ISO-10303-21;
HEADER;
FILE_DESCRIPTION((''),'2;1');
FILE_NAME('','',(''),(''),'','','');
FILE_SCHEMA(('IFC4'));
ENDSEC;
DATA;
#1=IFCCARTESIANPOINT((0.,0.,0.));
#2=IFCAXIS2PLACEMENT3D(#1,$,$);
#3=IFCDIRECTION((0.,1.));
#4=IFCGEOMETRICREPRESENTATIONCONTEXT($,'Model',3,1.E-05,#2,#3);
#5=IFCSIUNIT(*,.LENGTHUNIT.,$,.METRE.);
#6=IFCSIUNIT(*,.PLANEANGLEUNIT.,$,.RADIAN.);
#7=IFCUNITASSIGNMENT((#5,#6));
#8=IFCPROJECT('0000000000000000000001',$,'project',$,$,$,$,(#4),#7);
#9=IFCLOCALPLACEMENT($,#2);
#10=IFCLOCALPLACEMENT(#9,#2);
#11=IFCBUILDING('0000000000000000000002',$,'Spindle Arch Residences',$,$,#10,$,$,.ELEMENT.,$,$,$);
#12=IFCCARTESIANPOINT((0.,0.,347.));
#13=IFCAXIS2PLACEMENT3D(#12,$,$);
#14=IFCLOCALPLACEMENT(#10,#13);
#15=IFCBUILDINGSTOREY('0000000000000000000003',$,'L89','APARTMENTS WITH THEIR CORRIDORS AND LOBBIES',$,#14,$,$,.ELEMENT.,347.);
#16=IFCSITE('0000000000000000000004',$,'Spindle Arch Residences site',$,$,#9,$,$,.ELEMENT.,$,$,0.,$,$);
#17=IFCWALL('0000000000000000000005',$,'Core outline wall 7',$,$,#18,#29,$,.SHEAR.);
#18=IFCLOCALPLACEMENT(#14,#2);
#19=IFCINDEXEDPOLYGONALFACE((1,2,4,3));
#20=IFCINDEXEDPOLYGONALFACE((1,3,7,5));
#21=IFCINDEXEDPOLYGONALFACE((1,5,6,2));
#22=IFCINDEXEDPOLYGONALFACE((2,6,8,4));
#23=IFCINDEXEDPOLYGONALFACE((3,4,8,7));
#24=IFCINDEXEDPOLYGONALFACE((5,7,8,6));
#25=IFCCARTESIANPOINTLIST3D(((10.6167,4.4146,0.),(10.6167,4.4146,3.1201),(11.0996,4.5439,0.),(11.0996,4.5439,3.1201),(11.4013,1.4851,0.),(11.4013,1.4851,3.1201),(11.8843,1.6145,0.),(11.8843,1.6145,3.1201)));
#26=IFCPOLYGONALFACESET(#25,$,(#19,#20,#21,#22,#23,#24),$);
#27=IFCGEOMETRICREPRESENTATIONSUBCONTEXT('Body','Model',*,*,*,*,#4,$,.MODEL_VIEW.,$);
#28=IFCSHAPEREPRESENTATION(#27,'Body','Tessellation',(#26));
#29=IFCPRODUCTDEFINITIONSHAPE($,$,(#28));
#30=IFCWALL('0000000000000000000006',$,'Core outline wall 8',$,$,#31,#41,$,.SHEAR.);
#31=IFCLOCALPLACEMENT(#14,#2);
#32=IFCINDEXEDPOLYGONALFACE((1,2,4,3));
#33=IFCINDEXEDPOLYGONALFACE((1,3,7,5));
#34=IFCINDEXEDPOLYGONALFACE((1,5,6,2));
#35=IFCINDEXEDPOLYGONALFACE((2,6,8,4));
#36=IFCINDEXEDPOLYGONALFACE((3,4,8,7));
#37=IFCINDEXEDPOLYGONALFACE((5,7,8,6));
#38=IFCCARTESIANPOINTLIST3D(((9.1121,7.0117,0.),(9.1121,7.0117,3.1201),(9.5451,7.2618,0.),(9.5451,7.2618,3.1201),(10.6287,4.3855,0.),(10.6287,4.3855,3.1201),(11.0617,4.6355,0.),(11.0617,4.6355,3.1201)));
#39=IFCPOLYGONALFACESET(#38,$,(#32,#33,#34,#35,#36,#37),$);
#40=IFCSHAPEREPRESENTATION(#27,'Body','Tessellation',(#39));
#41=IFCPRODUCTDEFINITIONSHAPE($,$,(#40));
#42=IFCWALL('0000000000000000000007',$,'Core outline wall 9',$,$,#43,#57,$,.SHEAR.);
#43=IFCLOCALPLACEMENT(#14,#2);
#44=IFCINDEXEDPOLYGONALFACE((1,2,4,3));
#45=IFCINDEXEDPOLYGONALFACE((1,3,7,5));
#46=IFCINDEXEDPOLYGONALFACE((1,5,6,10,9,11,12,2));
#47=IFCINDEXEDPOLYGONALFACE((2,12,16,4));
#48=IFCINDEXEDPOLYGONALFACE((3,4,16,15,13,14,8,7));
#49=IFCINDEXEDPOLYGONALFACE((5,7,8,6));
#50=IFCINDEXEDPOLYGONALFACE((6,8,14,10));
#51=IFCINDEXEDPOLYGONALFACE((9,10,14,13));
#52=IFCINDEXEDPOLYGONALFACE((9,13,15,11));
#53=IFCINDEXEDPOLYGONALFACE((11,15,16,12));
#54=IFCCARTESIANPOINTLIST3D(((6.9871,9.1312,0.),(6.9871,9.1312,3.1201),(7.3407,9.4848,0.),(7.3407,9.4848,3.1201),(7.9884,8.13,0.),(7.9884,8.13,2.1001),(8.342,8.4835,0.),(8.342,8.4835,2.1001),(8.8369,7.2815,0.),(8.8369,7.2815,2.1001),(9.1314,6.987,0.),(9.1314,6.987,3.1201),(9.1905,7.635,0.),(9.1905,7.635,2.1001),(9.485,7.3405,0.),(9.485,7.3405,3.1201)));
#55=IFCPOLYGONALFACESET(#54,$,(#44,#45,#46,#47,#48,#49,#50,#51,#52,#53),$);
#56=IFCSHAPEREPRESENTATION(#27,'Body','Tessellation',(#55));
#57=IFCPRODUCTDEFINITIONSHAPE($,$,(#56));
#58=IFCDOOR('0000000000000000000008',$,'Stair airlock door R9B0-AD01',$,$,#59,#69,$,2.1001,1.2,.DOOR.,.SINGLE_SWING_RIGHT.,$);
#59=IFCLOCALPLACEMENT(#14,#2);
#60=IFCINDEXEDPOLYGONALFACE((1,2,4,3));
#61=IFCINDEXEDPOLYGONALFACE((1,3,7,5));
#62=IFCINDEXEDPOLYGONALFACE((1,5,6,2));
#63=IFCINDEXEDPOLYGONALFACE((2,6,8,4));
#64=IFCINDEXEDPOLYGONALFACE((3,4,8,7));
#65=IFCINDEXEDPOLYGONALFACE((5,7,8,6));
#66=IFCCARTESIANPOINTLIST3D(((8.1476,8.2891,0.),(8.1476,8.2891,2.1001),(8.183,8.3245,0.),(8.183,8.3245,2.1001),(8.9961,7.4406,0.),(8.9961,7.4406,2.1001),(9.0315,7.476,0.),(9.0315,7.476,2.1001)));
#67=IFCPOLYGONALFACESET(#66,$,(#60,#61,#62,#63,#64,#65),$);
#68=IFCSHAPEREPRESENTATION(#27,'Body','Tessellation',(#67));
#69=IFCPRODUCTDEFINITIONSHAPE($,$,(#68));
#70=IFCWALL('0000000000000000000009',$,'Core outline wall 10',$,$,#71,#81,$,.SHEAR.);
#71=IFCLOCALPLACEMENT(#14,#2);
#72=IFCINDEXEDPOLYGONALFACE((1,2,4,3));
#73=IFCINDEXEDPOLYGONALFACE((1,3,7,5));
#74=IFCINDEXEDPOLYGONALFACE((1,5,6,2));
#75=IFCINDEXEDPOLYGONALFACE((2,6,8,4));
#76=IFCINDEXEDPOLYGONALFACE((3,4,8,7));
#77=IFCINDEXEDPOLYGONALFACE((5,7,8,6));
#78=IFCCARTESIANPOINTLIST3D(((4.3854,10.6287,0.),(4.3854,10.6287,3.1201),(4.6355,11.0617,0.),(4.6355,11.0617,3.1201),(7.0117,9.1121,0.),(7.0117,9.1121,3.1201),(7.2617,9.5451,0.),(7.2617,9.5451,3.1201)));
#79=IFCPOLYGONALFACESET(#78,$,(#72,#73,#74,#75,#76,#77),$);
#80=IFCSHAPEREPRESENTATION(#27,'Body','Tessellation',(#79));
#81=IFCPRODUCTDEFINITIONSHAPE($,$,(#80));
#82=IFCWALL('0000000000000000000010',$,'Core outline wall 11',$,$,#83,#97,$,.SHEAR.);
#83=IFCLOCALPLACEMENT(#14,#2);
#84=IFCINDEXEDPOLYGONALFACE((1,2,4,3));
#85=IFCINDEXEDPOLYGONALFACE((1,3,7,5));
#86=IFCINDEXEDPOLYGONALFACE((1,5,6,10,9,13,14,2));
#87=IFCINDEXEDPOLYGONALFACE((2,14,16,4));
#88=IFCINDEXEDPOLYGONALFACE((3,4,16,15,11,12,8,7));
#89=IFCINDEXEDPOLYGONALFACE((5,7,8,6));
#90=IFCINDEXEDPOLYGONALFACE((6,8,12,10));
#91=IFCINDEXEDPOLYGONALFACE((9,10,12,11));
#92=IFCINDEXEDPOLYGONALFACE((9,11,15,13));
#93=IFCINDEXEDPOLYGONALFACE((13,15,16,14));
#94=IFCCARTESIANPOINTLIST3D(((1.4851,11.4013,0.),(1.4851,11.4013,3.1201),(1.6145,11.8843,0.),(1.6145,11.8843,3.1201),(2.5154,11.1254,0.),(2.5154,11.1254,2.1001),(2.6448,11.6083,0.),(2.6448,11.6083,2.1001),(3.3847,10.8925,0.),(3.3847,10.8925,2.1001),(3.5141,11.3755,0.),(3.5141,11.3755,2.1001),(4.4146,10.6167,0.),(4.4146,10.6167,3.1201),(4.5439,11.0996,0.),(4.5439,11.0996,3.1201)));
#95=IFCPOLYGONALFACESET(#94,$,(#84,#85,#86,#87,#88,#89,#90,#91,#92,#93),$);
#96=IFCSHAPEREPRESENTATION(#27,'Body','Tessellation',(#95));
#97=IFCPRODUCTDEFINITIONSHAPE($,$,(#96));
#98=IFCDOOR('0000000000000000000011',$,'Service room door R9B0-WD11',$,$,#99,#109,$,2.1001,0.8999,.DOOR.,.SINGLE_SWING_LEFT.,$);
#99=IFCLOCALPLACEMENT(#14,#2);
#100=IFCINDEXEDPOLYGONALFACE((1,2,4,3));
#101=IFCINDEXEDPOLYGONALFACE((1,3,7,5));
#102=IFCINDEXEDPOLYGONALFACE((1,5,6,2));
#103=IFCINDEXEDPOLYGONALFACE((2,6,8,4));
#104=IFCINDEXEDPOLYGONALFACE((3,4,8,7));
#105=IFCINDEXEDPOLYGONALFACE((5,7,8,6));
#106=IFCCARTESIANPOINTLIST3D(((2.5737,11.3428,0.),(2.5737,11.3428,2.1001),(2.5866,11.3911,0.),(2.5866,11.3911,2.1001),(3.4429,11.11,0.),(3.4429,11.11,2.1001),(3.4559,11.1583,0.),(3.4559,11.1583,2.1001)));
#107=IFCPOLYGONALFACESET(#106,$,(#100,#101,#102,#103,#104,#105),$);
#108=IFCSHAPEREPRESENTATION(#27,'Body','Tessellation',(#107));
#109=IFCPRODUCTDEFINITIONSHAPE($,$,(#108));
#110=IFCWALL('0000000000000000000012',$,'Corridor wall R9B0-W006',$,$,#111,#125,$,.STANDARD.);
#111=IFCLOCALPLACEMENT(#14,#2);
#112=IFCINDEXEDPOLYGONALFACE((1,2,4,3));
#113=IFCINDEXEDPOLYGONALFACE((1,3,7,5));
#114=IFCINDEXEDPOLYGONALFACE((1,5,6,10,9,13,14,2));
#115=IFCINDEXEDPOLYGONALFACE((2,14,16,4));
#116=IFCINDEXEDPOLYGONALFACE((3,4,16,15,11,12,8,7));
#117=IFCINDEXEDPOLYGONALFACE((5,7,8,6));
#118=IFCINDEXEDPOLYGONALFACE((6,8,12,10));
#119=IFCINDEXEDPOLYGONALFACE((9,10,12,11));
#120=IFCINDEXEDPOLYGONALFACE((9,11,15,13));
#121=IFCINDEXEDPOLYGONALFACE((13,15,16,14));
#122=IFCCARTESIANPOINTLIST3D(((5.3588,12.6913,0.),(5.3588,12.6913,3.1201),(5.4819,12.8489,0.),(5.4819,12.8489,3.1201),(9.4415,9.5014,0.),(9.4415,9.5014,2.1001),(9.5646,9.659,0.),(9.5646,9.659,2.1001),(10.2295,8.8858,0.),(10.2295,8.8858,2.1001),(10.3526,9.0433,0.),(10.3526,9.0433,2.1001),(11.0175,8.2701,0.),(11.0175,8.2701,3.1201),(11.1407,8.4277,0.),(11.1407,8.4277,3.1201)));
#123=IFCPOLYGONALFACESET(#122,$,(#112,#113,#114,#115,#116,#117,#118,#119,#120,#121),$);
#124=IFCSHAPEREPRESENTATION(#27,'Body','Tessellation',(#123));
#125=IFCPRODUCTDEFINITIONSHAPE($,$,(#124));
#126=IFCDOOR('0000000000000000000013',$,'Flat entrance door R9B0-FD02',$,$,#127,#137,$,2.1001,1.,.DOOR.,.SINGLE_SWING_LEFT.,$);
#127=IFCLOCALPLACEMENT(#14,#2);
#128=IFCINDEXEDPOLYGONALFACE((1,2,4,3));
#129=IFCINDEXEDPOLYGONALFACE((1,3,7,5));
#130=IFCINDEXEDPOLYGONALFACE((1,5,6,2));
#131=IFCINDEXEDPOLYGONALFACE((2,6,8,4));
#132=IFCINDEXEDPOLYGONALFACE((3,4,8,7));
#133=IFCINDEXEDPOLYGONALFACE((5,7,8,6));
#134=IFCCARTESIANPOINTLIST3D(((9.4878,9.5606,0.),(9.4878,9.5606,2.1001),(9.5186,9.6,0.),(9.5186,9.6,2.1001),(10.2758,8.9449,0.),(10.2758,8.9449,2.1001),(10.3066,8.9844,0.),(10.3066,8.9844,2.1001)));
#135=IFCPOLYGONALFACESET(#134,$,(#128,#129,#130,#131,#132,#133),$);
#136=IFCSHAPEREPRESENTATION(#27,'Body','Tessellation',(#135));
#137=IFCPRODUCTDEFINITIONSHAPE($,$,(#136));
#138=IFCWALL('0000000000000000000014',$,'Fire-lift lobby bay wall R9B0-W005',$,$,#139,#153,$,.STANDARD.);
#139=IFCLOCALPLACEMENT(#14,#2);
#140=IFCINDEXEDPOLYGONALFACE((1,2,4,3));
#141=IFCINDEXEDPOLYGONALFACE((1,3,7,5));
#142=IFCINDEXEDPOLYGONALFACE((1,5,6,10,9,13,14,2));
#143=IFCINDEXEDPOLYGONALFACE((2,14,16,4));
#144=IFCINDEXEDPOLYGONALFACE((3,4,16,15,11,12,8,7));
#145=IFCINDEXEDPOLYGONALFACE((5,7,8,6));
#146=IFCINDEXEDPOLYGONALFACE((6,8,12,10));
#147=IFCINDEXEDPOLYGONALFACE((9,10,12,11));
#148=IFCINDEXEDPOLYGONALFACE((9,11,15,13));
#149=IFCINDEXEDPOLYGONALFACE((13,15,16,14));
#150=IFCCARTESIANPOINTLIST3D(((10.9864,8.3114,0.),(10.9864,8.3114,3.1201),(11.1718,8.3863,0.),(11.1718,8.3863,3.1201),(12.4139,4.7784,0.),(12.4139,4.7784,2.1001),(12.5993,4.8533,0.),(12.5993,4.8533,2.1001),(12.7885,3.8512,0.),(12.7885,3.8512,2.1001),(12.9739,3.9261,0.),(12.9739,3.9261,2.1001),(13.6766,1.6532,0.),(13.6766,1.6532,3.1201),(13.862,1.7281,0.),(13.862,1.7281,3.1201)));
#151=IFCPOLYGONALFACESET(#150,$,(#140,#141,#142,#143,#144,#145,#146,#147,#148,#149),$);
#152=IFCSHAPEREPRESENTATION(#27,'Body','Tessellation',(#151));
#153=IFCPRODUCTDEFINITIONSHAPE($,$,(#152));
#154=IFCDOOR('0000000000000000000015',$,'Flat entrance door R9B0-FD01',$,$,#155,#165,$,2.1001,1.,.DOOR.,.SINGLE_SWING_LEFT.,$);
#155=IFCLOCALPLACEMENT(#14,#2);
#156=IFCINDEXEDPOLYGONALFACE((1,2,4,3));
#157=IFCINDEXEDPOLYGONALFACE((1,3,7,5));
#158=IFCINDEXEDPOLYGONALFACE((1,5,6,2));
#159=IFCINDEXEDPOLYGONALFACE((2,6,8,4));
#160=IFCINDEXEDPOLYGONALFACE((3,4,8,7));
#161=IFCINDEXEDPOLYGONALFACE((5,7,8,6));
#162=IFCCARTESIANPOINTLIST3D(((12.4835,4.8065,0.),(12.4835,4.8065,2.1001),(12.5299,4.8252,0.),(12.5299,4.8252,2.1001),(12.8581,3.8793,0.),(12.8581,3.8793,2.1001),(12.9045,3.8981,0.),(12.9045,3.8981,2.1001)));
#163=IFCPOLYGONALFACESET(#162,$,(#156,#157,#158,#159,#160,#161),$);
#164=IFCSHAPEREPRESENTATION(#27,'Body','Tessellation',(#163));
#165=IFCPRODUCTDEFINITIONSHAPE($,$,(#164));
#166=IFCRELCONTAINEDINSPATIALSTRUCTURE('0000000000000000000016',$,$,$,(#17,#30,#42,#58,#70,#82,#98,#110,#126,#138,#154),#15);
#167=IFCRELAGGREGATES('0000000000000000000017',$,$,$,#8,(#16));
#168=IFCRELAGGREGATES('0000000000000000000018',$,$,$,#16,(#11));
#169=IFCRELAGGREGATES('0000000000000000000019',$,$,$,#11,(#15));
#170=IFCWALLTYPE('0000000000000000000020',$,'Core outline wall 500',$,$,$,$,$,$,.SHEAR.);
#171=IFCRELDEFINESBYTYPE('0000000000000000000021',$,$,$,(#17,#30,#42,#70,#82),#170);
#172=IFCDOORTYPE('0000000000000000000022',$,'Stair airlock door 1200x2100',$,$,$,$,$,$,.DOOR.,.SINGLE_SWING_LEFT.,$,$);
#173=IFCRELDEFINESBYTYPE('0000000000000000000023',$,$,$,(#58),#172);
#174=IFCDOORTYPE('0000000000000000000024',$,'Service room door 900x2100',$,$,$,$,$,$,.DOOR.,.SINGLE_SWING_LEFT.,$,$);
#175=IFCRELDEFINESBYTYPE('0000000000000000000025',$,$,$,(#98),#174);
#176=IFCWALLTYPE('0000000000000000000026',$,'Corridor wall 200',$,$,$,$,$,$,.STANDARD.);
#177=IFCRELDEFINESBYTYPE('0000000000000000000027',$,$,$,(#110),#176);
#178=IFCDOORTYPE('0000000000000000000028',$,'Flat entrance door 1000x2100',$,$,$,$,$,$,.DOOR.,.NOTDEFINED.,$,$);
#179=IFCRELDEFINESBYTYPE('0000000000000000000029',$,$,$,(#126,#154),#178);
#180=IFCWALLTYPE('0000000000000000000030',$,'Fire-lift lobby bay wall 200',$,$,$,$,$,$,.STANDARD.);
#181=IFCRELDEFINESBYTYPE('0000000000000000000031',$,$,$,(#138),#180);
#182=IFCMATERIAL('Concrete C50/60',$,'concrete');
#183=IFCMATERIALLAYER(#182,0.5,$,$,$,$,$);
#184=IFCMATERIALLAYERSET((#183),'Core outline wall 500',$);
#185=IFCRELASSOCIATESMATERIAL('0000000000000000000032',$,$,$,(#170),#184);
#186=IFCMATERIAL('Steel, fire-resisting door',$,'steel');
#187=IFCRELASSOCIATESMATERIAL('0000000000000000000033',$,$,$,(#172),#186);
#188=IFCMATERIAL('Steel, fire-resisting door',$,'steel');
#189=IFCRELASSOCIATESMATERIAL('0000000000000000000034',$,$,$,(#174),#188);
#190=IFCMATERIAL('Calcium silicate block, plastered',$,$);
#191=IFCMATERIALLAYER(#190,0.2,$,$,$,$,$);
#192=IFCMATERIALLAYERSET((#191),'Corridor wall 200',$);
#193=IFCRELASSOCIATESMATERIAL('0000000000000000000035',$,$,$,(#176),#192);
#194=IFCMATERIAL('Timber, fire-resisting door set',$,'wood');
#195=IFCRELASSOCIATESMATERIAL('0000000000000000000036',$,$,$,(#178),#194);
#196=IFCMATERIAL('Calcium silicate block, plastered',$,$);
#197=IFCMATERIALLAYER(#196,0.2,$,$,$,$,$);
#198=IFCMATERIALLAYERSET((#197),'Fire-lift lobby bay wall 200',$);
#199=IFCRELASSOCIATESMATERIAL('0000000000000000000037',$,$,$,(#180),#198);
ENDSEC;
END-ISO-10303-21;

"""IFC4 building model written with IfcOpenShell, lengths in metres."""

from ifc_helpers import new_model, si_unit, direction, frame, frame_2d, origin, place, context, subcontext, project, spatial, rectangle, extrude, material, layer, layer_set, type_object, element, fill, save


model = new_model("IFC4")

# Units and contexts
model_context = context("Model", 3, precision=1e-05, world=origin(), true_north=direction((0.0, 1.0)))
body_context = subcontext(model_context, "Body", "Model", "MODEL_VIEW")
ifc_project = project(units=[si_unit("LENGTHUNIT", "METRE"), si_unit("PLANEANGLEUNIT", "RADIAN")], contexts=[model_context])

# Site, building, storey
site_placement = place(None, origin())
site = spatial("IfcSite", under=ifc_project, at=site_placement, Name="Spindle Arch Residences site", CompositionType="ELEMENT", RefElevation=0.0)
building_placement = place(site_placement, origin())
building = spatial("IfcBuilding", under=site, at=building_placement, Name="Spindle Arch Residences", CompositionType="ELEMENT")
storey_placement = place(building_placement, frame((0.0, 0.0, 347.0)))
storey = spatial("IfcBuildingStorey", under=building, at=storey_placement, Name="L89", Description="APARTMENTS WITH THEIR CORRIDORS AND LOBBIES", CompositionType="ELEMENT", Elevation=347.0)

# Walls
ifc_material_1 = material(Name="Concrete C50/60", Category="concrete")
ifc_layer_1 = layer(ifc_material_1, 0.5)
ifc_layer_set_1 = layer_set([ifc_layer_1], Name="Core outline wall 500")
wall_type_1 = type_object("IfcWallType", Name="Core outline wall 500", PredefinedType="SHEAR", material=ifc_layer_set_1)
for number, where, z_axis, x_axis, name in (
    (1, (11.6428, 1.5498, 0.0), (0.0, 0.0, 1.0), (-0.258735, 0.965948, 0.0), "Core outline wall 7"),
    (2, (10.8452, 4.5105, 0.0), (0.0, 0.0, 1.0), (-0.500087, 0.865975, 0.0), "Core outline wall 8"),
):
    element("IfcWall", number, at=place(storey_placement, frame(where, z_axis=z_axis, x_axis=x_axis)), inside=storey, type_object=wall_type_1, Name=name, PredefinedType="SHEAR", context=body_context, shape_type="SweptSolid", body=[
        extrude(rectangle(XDim=3.0327, YDim=0.5, at=frame_2d((1.5164, 0.0))), origin(), (0.0, 0.0, 1.0), 3.1201),
    ])

# Wall, opening, door
wall_1_placement = place(storey_placement, frame((9.3081, 7.1638, 0.0), z_axis=(0.0, 0.0, 1.0), x_axis=(-0.707107, 0.707107, 0.0)))
wall_1 = element("IfcWall", 3, at=wall_1_placement, inside=storey, type_object=wall_type_1, Name="Core outline wall 9", PredefinedType="SHEAR", context=body_context, shape_type="SweptSolid", body=[
    extrude(rectangle(XDim=3.0325, YDim=0.5, at=frame_2d((1.5161, 0.0))), origin(), (0.0, 0.0, 1.0), 3.1201),
])
opening_1_placement = place(wall_1_placement, frame((0.4163, 0.0, 0.0)))
opening_1 = element("IfcOpeningElement", 4, at=opening_1_placement, cuts=wall_1, PredefinedType="OPENING", context=body_context, shape_type="SweptSolid", body=[
    extrude(rectangle(XDim=1.2, YDim=2.1001, at=frame_2d((0.6001, 1.05))), frame((0.0, 0.26, 0.0), z_axis=(0.0, -1.0, 0.0), x_axis=(1.0, 0.0, 0.0)), (0.0, 0.0, 1.0), 0.52),
])
ifc_material_2 = material(Name="Steel, fire-resisting door", Category="steel")
door_type_1 = type_object("IfcDoorType", Name="Stair airlock door 1200x2100", OperationType="SINGLE_SWING_LEFT", PredefinedType="DOOR", material=ifc_material_2)
door_1_placement = place(opening_1_placement, origin())
door_1 = element("IfcDoor", 5, at=door_1_placement, inside=storey, type_object=door_type_1, Name="Stair airlock door R9B0-AD01", OperationType="SINGLE_SWING_RIGHT", OverallHeight=2.1001, OverallWidth=1.2, PredefinedType="DOOR", context=body_context, shape_type="SweptSolid", body=[
    extrude(rectangle(XDim=1.2, YDim=2.1001, at=frame_2d((0.6001, 1.05))), frame((0.0, 0.0249, 0.0), z_axis=(0.0, -1.0, 0.0), x_axis=(1.0, 0.0, 0.0)), (0.0, 0.0, 1.0), 0.05),
])
fill(opening_1, door_1)

# Wall
wall_2_placement = place(storey_placement, frame((7.1367, 9.3286, 0.0), z_axis=(0.0, 0.0, 1.0), x_axis=(-0.865975, 0.500087, 0.0)))
element("IfcWall", 6, at=wall_2_placement, inside=storey, type_object=wall_type_1, Name="Core outline wall 10", PredefinedType="SHEAR", context=body_context, shape_type="SweptSolid", body=[
    extrude(rectangle(XDim=3.0327, YDim=0.5, at=frame_2d((1.5164, 0.0))), origin(), (0.0, 0.0, 1.0), 3.1201),
])

# Walls, openings, doors
wall_3_placement = place(storey_placement, frame((4.4792, 10.8582, 0.0), z_axis=(0.0, 0.0, 1.0), x_axis=(-0.965948, 0.258735, 0.0)))
wall_3 = element("IfcWall", 7, at=wall_3_placement, inside=storey, type_object=wall_type_1, Name="Core outline wall 11", PredefinedType="SHEAR", context=body_context, shape_type="SweptSolid", body=[
    extrude(rectangle(XDim=3.0327, YDim=0.5, at=frame_2d((1.5164, 0.0))), origin(), (0.0, 0.0, 1.0), 3.1201),
])
opening_2_placement = place(wall_3_placement, frame((1.0662, 0.0, 0.0)))
opening_2 = element("IfcOpeningElement", 8, at=opening_2_placement, cuts=wall_3, PredefinedType="OPENING", context=body_context, shape_type="SweptSolid", body=[
    extrude(rectangle(XDim=0.8999, YDim=2.1001, at=frame_2d((0.45, 1.05))), frame((0.0, 0.26, 0.0), z_axis=(0.0, -1.0, 0.0), x_axis=(1.0, 0.0, 0.0)), (0.0, 0.0, 1.0), 0.52),
])
ifc_material_3 = material(Name="Steel, fire-resisting door", Category="steel")
door_type_2 = type_object("IfcDoorType", Name="Service room door 900x2100", OperationType="SINGLE_SWING_LEFT", PredefinedType="DOOR", material=ifc_material_3)
door_2_placement = place(opening_2_placement, origin())
door_2 = element("IfcDoor", 9, at=door_2_placement, inside=storey, type_object=door_type_2, Name="Service room door R9B0-WD11", OperationType="SINGLE_SWING_LEFT", OverallHeight=2.1001, OverallWidth=0.8999, PredefinedType="DOOR", context=body_context, shape_type="SweptSolid", body=[
    extrude(rectangle(XDim=0.8999, YDim=2.1001, at=frame_2d((0.45, 1.05))), frame((0.0, 0.0249, 0.0), z_axis=(0.0, -1.0, 0.0), x_axis=(1.0, 0.0, 0.0)), (0.0, 0.0, 1.0), 0.05),
])
fill(opening_2, door_2)
ifc_material_4 = material(Name="Calcium silicate block, plastered")
ifc_layer_2 = layer(ifc_material_4, 0.2)
ifc_layer_set_2 = layer_set([ifc_layer_2], Name="Corridor wall 200")
wall_type_2 = type_object("IfcWallType", Name="Corridor wall 200", PredefinedType="STANDARD", material=ifc_layer_set_2)
wall_4_placement = place(storey_placement, frame((11.0791, 8.3489, 0.0), z_axis=(0.0, 0.0, 1.0), x_axis=(-0.788005, 0.615669, 0.0)))
wall_4 = element("IfcWall", 10, at=wall_4_placement, inside=storey, type_object=wall_type_2, Name="Corridor wall R9B0-W006", PredefinedType="STANDARD", context=body_context, shape_type="SweptSolid", body=[
    extrude(rectangle(XDim=7.1812, YDim=0.2, at=frame_2d((3.5906, 0.0))), origin(), (0.0, 0.0, 1.0), 3.1201),
])
opening_3_placement = place(wall_4_placement, frame((1.0, 0.0, 0.0)))
opening_3 = element("IfcOpeningElement", 11, at=opening_3_placement, cuts=wall_4, PredefinedType="OPENING", context=body_context, shape_type="SweptSolid", body=[
    extrude(rectangle(XDim=1.0, YDim=2.1001, at=frame_2d((0.5, 1.05))), frame((0.0, 0.1099, 0.0), z_axis=(0.0, -1.0, 0.0), x_axis=(1.0, 0.0, 0.0)), (0.0, 0.0, 1.0), 0.22),
])
ifc_material_5 = material(Name="Timber, fire-resisting door set", Category="wood")
door_type_3 = type_object("IfcDoorType", Name="Flat entrance door 1000x2100", OperationType="NOTDEFINED", PredefinedType="DOOR", material=ifc_material_5)
door_3_placement = place(opening_3_placement, origin())
door_3 = element("IfcDoor", 12, at=door_3_placement, inside=storey, type_object=door_type_3, Name="Flat entrance door R9B0-FD02", OperationType="SINGLE_SWING_LEFT", OverallHeight=2.1001, OverallWidth=1.0, PredefinedType="DOOR", context=body_context, shape_type="SweptSolid", body=[
    extrude(rectangle(XDim=1.0, YDim=2.1001, at=frame_2d((0.5, 1.05))), frame((0.0, 0.0249, 0.0), z_axis=(0.0, -1.0, 0.0), x_axis=(1.0, 0.0, 0.0)), (0.0, 0.0, 1.0), 0.05),
])
fill(opening_3, door_3)
ifc_material_6 = material(Name="Calcium silicate block, plastered")
ifc_layer_3 = layer(ifc_material_6, 0.2)
ifc_layer_set_3 = layer_set([ifc_layer_3], Name="Fire-lift lobby bay wall 200")
wall_type_3 = type_object("IfcWallType", Name="Fire-lift lobby bay wall 200", PredefinedType="STANDARD", material=ifc_layer_set_3)
wall_5_placement = place(storey_placement, frame((13.7693, 1.6907, 0.0), z_axis=(0.0, 0.0, 1.0), x_axis=(-0.374618, 0.927179, 0.0)))
wall_5 = element("IfcWall", 13, at=wall_5_placement, inside=storey, type_object=wall_type_3, Name="Fire-lift lobby bay wall R9B0-W005", PredefinedType="STANDARD", context=body_context, shape_type="SweptSolid", body=[
    extrude(rectangle(XDim=7.1812, YDim=0.2, at=frame_2d((3.5906, 0.0))), origin(), (0.0, 0.0, 1.0), 3.1201),
])
opening_4_placement = place(wall_5_placement, frame((2.3706, 0.0, 0.0)))
opening_4 = element("IfcOpeningElement", 14, at=opening_4_placement, cuts=wall_5, PredefinedType="OPENING", context=body_context, shape_type="SweptSolid", body=[
    extrude(rectangle(XDim=1.0, YDim=2.1001, at=frame_2d((0.5, 1.05))), frame((0.0, 0.1099, 0.0), z_axis=(0.0, -1.0, 0.0), x_axis=(1.0, 0.0, 0.0)), (0.0, 0.0, 1.0), 0.22),
])
door_4_placement = place(opening_4_placement, origin())
door_4 = element("IfcDoor", 15, at=door_4_placement, inside=storey, type_object=door_type_3, Name="Flat entrance door R9B0-FD01", OperationType="SINGLE_SWING_LEFT", OverallHeight=2.1001, OverallWidth=1.0, PredefinedType="DOOR", context=body_context, shape_type="SweptSolid", body=[
    extrude(rectangle(XDim=1.0, YDim=2.1001, at=frame_2d((0.5, 1.05))), frame((0.0, 0.0249, 0.0), z_axis=(0.0, -1.0, 0.0), x_axis=(1.0, 0.0, 0.0)), (0.0, 0.0, 1.0), 0.05),
])
fill(opening_4, door_4)

save(model, "model.ifc")
